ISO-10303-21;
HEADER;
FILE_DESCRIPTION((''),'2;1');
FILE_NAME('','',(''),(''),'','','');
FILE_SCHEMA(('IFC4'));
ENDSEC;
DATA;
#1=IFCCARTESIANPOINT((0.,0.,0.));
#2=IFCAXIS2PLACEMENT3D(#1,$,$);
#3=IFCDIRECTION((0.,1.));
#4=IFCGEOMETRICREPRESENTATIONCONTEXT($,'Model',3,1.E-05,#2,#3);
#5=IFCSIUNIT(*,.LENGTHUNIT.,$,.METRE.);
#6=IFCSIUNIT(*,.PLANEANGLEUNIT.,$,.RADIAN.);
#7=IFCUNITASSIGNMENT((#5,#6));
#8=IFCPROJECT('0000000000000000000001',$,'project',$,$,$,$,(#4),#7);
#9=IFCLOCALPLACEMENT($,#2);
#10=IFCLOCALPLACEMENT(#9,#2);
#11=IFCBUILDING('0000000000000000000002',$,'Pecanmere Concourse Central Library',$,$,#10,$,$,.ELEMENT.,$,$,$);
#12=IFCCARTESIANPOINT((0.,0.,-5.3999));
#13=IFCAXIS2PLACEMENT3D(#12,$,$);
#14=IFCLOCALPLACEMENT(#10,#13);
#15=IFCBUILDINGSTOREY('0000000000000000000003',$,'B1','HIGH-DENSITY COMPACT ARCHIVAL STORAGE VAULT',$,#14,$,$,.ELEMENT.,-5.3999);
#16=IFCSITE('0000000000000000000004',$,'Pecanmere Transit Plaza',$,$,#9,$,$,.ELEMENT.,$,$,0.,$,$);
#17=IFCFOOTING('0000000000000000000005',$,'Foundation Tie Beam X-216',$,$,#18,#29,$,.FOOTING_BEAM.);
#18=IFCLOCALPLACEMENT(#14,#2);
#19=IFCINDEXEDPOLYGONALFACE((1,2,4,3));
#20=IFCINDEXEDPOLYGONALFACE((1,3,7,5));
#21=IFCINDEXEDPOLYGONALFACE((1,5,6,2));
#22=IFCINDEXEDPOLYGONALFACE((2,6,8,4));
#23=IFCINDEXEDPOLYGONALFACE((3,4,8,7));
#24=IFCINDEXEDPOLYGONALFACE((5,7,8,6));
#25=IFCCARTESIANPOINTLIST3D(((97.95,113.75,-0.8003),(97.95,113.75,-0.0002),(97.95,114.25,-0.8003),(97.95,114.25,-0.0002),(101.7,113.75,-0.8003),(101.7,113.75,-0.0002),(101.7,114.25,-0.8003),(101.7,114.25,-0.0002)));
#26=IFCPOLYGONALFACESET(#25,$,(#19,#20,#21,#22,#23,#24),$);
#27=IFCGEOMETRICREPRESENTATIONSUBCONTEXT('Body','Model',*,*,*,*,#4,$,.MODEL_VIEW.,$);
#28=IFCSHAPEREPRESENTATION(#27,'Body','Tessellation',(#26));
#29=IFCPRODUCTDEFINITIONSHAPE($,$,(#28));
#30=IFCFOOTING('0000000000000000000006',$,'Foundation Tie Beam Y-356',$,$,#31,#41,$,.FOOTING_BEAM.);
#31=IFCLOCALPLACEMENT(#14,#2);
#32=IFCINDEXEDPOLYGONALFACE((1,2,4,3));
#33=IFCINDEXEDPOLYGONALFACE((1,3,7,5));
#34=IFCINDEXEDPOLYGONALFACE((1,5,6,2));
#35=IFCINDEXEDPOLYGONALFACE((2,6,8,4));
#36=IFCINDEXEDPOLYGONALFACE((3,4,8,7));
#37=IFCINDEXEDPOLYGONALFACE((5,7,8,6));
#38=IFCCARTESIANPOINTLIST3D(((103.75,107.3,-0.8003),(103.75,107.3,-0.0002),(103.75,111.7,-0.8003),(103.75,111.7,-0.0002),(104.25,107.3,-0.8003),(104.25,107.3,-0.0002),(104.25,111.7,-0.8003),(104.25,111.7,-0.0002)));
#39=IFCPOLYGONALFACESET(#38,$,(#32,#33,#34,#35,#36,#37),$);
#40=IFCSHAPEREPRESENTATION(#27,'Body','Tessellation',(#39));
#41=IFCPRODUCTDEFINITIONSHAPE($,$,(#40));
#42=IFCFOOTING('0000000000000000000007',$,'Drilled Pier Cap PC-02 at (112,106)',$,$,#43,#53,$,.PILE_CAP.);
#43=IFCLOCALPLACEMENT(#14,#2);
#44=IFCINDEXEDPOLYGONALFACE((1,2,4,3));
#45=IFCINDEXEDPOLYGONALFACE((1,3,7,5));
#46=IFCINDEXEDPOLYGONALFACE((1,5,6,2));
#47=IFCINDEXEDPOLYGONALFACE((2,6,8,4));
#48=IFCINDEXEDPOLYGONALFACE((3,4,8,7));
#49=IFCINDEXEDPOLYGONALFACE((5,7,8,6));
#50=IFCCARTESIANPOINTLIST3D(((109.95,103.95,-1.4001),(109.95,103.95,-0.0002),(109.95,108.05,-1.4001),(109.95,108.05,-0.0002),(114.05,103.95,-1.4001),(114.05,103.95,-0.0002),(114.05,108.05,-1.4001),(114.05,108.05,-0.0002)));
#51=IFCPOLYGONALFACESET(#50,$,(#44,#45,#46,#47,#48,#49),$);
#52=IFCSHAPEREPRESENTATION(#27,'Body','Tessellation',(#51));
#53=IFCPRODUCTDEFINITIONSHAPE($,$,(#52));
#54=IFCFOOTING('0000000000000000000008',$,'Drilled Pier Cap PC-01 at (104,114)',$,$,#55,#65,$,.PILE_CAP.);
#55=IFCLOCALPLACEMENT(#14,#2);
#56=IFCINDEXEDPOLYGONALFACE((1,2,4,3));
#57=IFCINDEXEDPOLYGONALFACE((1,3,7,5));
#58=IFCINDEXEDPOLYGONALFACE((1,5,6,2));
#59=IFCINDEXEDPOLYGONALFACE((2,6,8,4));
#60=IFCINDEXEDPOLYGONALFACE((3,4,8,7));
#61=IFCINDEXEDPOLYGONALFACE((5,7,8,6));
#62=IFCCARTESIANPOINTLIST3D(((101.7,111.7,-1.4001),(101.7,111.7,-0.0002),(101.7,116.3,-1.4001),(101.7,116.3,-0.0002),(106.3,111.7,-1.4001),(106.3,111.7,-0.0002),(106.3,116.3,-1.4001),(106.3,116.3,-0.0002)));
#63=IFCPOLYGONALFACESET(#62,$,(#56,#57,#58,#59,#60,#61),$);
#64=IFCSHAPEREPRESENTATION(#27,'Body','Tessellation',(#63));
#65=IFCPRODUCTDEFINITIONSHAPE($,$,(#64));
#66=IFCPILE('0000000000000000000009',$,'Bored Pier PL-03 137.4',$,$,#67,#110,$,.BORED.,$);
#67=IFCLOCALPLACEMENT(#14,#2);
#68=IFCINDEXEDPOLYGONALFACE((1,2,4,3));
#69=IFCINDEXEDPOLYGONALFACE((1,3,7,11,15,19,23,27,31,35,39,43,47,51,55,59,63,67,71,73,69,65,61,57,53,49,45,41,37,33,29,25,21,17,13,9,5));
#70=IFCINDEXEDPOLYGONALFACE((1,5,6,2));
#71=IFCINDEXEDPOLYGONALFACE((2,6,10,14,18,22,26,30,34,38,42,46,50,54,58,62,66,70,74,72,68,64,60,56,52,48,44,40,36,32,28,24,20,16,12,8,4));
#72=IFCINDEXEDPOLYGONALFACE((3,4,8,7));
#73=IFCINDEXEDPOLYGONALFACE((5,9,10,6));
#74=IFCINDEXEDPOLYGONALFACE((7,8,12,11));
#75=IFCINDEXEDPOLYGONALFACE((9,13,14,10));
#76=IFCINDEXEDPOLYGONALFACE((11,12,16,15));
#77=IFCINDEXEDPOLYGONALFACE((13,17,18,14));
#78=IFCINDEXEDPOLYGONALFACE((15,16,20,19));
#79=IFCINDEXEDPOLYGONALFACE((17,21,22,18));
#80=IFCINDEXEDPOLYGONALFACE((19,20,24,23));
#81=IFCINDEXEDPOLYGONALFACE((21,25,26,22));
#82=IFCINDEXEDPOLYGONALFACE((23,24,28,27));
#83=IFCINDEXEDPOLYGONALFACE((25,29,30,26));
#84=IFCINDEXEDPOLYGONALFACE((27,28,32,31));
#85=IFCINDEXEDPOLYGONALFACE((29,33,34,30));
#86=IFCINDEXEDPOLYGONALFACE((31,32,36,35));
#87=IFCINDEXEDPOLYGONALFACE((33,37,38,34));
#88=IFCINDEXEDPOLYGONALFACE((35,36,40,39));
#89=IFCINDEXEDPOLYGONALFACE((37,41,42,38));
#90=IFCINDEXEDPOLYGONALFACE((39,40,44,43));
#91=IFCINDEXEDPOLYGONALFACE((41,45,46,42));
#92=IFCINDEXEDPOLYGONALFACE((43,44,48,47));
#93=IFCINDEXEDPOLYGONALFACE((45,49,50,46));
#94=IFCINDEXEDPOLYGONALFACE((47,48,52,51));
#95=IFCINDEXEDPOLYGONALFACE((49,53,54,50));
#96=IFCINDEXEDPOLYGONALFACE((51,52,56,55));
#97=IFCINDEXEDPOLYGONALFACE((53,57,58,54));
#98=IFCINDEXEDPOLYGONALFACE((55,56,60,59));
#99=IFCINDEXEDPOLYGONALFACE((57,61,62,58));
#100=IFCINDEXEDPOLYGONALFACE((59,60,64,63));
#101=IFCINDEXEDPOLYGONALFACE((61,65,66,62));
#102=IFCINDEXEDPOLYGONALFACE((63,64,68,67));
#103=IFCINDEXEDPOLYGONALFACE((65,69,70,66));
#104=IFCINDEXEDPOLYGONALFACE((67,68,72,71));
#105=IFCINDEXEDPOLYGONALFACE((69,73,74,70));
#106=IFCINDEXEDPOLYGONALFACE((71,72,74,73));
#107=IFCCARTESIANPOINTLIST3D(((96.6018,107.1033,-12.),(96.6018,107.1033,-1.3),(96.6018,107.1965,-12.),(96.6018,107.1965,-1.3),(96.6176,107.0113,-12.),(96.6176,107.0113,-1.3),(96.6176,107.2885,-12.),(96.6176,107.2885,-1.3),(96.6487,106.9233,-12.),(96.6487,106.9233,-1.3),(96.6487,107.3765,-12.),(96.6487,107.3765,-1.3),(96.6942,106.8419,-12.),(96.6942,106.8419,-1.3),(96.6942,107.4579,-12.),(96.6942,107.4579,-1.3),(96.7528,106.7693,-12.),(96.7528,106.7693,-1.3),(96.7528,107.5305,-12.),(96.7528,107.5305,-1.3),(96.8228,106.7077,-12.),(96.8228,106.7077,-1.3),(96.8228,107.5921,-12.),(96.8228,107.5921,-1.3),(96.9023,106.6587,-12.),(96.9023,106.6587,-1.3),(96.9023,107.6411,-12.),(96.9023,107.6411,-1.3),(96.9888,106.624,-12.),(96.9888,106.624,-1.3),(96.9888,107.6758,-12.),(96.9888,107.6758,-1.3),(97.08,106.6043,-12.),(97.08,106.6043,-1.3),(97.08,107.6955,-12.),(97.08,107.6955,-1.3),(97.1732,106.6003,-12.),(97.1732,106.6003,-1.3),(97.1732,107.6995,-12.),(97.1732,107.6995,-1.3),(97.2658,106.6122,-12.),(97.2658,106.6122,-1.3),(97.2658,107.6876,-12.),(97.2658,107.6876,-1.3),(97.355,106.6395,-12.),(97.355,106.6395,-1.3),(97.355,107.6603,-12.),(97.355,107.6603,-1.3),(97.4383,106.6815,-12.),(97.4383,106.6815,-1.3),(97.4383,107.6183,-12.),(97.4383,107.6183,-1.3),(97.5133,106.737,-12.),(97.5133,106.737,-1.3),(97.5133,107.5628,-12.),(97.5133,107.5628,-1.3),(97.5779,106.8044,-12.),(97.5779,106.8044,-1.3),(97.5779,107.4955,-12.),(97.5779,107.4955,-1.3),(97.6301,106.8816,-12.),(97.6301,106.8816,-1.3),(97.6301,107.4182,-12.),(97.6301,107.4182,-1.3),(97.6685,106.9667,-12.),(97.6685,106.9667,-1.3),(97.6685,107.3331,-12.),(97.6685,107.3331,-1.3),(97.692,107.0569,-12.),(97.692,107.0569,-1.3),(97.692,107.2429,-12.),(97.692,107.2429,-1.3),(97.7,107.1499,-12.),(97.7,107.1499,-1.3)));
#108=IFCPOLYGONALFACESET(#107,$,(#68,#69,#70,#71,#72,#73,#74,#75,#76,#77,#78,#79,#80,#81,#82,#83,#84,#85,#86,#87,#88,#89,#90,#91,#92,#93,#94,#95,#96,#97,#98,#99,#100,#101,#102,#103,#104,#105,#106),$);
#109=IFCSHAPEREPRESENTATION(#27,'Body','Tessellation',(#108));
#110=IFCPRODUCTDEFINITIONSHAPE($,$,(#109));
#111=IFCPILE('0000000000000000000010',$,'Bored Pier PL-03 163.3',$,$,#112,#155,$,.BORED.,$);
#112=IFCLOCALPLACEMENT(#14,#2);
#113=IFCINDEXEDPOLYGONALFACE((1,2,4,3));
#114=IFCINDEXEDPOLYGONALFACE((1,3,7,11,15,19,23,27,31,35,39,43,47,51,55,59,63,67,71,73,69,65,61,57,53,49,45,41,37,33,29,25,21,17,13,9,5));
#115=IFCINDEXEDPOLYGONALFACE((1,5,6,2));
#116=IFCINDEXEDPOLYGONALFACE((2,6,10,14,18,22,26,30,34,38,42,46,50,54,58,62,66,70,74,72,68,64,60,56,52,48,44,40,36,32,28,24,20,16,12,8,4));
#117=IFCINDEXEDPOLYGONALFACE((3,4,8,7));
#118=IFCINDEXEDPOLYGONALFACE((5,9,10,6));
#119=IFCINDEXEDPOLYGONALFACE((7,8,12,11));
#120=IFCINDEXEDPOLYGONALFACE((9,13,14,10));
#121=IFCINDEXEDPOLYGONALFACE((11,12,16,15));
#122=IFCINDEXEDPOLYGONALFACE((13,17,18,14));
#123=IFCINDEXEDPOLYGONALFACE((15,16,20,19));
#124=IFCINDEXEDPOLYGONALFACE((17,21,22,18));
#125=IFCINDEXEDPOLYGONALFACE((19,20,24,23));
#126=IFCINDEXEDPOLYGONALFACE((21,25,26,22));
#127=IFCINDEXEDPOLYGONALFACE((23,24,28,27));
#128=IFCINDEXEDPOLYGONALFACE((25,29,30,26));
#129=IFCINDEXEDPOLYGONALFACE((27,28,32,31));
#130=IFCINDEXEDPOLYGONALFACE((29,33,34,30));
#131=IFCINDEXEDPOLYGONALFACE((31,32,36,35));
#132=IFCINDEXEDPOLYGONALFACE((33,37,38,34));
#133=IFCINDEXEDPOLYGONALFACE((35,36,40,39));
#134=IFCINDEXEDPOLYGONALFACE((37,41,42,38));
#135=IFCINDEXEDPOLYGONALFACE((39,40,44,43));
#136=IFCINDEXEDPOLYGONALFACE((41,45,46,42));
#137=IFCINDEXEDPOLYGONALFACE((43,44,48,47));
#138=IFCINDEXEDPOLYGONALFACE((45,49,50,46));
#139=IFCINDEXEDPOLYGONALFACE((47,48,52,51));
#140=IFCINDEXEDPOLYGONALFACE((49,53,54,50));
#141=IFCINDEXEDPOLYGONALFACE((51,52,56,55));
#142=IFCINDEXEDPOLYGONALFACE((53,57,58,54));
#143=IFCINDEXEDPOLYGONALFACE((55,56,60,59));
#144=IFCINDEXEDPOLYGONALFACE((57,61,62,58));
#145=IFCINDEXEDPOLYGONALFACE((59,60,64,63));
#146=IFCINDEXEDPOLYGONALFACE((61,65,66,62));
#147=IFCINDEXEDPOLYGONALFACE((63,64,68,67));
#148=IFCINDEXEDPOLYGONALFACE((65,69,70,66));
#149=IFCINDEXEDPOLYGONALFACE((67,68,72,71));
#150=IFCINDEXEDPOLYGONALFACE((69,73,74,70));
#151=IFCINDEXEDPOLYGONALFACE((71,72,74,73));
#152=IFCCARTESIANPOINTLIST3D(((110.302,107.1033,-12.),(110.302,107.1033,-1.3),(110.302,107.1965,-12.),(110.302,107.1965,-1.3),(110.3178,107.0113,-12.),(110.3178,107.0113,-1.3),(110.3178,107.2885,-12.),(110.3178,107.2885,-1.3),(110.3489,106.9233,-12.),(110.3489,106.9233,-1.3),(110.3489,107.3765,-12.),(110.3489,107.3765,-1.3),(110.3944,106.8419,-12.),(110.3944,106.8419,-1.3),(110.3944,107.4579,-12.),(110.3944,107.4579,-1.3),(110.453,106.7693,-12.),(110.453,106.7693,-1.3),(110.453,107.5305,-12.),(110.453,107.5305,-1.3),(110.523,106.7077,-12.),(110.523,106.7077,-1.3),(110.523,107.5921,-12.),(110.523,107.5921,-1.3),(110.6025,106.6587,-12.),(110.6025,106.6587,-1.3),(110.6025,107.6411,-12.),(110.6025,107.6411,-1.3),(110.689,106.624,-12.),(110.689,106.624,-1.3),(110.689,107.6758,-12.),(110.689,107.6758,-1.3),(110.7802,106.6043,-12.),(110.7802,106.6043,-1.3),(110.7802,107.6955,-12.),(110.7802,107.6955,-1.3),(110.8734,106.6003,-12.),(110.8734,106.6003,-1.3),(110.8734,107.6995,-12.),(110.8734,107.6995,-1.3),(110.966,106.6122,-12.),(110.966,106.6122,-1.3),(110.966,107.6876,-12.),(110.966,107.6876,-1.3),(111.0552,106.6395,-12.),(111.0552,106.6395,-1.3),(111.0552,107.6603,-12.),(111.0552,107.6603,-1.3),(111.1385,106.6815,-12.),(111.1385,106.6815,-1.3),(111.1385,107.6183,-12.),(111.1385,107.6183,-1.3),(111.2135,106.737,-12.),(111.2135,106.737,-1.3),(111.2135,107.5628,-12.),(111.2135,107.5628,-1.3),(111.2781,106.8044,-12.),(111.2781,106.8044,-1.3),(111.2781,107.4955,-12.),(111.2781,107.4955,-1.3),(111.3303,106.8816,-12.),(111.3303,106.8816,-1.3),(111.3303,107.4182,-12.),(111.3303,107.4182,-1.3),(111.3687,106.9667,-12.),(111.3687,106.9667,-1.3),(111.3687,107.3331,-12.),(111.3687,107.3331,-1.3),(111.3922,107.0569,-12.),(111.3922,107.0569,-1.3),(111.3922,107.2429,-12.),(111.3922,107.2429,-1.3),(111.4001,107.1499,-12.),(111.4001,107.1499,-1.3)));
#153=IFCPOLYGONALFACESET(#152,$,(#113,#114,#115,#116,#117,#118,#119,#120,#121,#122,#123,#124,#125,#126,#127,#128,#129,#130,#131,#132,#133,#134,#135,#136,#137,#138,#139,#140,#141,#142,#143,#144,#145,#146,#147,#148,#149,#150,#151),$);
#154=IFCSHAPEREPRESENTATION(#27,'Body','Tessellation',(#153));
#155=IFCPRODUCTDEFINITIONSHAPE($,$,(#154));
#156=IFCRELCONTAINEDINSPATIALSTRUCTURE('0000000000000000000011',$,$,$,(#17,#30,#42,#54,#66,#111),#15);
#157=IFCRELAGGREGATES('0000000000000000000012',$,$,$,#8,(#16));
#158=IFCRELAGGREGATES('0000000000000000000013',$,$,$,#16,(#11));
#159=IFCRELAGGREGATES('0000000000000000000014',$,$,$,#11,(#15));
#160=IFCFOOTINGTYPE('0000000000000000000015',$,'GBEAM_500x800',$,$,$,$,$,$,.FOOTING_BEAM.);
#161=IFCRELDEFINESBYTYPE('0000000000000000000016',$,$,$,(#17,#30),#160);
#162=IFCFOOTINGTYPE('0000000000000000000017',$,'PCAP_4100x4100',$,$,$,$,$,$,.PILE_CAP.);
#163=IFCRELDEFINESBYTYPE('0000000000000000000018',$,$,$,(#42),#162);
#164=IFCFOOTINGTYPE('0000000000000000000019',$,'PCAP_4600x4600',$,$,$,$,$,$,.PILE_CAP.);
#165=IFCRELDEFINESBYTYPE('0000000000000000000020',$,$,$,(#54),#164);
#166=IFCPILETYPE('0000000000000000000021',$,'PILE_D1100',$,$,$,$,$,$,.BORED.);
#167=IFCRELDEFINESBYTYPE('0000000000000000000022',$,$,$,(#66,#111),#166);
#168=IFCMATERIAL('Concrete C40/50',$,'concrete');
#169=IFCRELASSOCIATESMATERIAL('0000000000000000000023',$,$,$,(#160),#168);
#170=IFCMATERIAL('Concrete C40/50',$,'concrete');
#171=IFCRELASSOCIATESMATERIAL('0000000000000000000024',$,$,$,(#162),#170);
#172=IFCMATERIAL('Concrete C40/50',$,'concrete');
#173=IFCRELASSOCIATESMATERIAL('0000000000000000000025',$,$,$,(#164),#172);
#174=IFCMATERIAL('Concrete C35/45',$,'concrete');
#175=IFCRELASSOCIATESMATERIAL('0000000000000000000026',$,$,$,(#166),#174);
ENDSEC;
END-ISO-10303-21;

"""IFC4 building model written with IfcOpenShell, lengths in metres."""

from ifc_helpers import new_model, si_unit, direction, frame, origin, origin_2d, place, context, subcontext, project, spatial, rectangle, circle, extrude, material, material_profile, profile_set, type_object, element, save


model = new_model("IFC4")

# Units and contexts
model_context = context("Model", 3, precision=1e-05, world=origin(), true_north=direction((0.0, 1.0)))
body_context = subcontext(model_context, "Body", "Model", "MODEL_VIEW")
ifc_project = project(units=[si_unit("LENGTHUNIT", "METRE"), si_unit("PLANEANGLEUNIT", "RADIAN")], contexts=[model_context])

# Site, building, storey
site_placement = place(None, origin())
site = spatial("IfcSite", under=ifc_project, at=site_placement, Name="Pecanmere Transit Plaza", CompositionType="ELEMENT", RefElevation=0.0)
building_placement = place(site_placement, origin())
building = spatial("IfcBuilding", under=site, at=building_placement, Name="Pecanmere Concourse Central Library", CompositionType="ELEMENT")
storey_placement = place(building_placement, frame((0.0, 0.0, -5.3999)))
storey = spatial("IfcBuildingStorey", under=building, at=storey_placement, Name="B1", Description="HIGH-DENSITY COMPACT ARCHIVAL STORAGE VAULT", CompositionType="ELEMENT", Elevation=-5.3999)

# Footings
ifc_material_1 = material(Name="Concrete C40/50", Category="concrete")
ifc_material_profile_1 = material_profile(ifc_material_1, rectangle(XDim=0.5, YDim=0.8, at=origin_2d()), Name="RC 500x800")
ifc_profile_set_1 = profile_set([ifc_material_profile_1], Name="Concrete C40/50")
footing_type_1 = type_object("IfcFootingType", Name="GBEAM_500x800", PredefinedType="FOOTING_BEAM", material=ifc_profile_set_1)
footing_1_placement = place(storey_placement, frame((99.825, 114.0, -0.8003), z_axis=(0.0, 0.0, 1.0), x_axis=(1.0, 0.0, 0.0)))
element("IfcFooting", 1, at=footing_1_placement, inside=storey, type_object=footing_type_1, Name="Foundation Tie Beam X-216", PredefinedType="FOOTING_BEAM", context=body_context, shape_type="SweptSolid", body=[
    extrude(rectangle(XDim=3.75, YDim=0.5, at=origin_2d()), origin(), (0.0, 0.0, 1.0), 0.8),
])
footing_2_placement = place(storey_placement, frame((104.0, 109.5, -0.8003), z_axis=(0.0, 0.0, 1.0), x_axis=(0.0, 1.0, 0.0)))
element("IfcFooting", 2, at=footing_2_placement, inside=storey, type_object=footing_type_1, Name="Foundation Tie Beam Y-356", PredefinedType="FOOTING_BEAM", context=body_context, shape_type="SweptSolid", body=[
    extrude(rectangle(XDim=4.3999, YDim=0.5, at=origin_2d()), origin(), (0.0, 0.0, 1.0), 0.8),
])
ifc_material_2 = material(Name="Concrete C40/50", Category="concrete")
footing_type_2 = type_object("IfcFootingType", Name="PCAP_4100x4100", PredefinedType="PILE_CAP", material=ifc_material_2)
footing_3_placement = place(storey_placement, frame((112.0, 106.0, -1.4001), z_axis=(0.0, 0.0, 1.0), x_axis=(1.0, 0.0, 0.0)))
element("IfcFooting", 3, at=footing_3_placement, inside=storey, type_object=footing_type_2, Name="Drilled Pier Cap PC-02 at (112,106)", PredefinedType="PILE_CAP", context=body_context, shape_type="SweptSolid", body=[
    extrude(rectangle(XDim=4.1001, YDim=4.1001, at=origin_2d()), origin(), (0.0, 0.0, 1.0), 1.3999),
])
ifc_material_3 = material(Name="Concrete C40/50", Category="concrete")
footing_type_3 = type_object("IfcFootingType", Name="PCAP_4600x4600", PredefinedType="PILE_CAP", material=ifc_material_3)
footing_4_placement = place(storey_placement, frame((104.0, 114.0, -1.4001), z_axis=(0.0, 0.0, 1.0), x_axis=(1.0, 0.0, 0.0)))
element("IfcFooting", 4, at=footing_4_placement, inside=storey, type_object=footing_type_3, Name="Drilled Pier Cap PC-01 at (104,114)", PredefinedType="PILE_CAP", context=body_context, shape_type="SweptSolid", body=[
    extrude(rectangle(XDim=4.6001, YDim=4.6001, at=origin_2d()), origin(), (0.0, 0.0, 1.0), 1.3999),
])

# Piles
ifc_material_4 = material(Name="Concrete C35/45", Category="concrete")
ifc_material_profile_2 = material_profile(ifc_material_4, circle(Radius=0.55, at=origin_2d()), Name="PIER D1100")
ifc_profile_set_2 = profile_set([ifc_material_profile_2], Name="Concrete C35/45")
pile_type_1 = type_object("IfcPileType", Name="PILE_D1100", PredefinedType="BORED", material=ifc_profile_set_2)
for number, where, z_axis, x_axis, name in (
    (5, (97.1499, 107.1499, -1.3), (0.0, 0.0, -1.0), (1.0, 0.0, 0.0), "Bored Pier PL-03 137.4"),
    (6, (110.8501, 107.1499, -1.3), (0.0, 0.0, -1.0), (1.0, 0.0, 0.0), "Bored Pier PL-03 163.3"),
):
    element("IfcPile", number, at=place(storey_placement, frame(where, z_axis=z_axis, x_axis=x_axis)), inside=storey, type_object=pile_type_1, Name=name, PredefinedType="BORED", context=body_context, shape_type="SweptSolid", body=[
        extrude(circle(Radius=0.55, at=origin_2d()), origin(), (0.0, 0.0, 1.0), 10.7),
    ])

save(model, "model.ifc")
